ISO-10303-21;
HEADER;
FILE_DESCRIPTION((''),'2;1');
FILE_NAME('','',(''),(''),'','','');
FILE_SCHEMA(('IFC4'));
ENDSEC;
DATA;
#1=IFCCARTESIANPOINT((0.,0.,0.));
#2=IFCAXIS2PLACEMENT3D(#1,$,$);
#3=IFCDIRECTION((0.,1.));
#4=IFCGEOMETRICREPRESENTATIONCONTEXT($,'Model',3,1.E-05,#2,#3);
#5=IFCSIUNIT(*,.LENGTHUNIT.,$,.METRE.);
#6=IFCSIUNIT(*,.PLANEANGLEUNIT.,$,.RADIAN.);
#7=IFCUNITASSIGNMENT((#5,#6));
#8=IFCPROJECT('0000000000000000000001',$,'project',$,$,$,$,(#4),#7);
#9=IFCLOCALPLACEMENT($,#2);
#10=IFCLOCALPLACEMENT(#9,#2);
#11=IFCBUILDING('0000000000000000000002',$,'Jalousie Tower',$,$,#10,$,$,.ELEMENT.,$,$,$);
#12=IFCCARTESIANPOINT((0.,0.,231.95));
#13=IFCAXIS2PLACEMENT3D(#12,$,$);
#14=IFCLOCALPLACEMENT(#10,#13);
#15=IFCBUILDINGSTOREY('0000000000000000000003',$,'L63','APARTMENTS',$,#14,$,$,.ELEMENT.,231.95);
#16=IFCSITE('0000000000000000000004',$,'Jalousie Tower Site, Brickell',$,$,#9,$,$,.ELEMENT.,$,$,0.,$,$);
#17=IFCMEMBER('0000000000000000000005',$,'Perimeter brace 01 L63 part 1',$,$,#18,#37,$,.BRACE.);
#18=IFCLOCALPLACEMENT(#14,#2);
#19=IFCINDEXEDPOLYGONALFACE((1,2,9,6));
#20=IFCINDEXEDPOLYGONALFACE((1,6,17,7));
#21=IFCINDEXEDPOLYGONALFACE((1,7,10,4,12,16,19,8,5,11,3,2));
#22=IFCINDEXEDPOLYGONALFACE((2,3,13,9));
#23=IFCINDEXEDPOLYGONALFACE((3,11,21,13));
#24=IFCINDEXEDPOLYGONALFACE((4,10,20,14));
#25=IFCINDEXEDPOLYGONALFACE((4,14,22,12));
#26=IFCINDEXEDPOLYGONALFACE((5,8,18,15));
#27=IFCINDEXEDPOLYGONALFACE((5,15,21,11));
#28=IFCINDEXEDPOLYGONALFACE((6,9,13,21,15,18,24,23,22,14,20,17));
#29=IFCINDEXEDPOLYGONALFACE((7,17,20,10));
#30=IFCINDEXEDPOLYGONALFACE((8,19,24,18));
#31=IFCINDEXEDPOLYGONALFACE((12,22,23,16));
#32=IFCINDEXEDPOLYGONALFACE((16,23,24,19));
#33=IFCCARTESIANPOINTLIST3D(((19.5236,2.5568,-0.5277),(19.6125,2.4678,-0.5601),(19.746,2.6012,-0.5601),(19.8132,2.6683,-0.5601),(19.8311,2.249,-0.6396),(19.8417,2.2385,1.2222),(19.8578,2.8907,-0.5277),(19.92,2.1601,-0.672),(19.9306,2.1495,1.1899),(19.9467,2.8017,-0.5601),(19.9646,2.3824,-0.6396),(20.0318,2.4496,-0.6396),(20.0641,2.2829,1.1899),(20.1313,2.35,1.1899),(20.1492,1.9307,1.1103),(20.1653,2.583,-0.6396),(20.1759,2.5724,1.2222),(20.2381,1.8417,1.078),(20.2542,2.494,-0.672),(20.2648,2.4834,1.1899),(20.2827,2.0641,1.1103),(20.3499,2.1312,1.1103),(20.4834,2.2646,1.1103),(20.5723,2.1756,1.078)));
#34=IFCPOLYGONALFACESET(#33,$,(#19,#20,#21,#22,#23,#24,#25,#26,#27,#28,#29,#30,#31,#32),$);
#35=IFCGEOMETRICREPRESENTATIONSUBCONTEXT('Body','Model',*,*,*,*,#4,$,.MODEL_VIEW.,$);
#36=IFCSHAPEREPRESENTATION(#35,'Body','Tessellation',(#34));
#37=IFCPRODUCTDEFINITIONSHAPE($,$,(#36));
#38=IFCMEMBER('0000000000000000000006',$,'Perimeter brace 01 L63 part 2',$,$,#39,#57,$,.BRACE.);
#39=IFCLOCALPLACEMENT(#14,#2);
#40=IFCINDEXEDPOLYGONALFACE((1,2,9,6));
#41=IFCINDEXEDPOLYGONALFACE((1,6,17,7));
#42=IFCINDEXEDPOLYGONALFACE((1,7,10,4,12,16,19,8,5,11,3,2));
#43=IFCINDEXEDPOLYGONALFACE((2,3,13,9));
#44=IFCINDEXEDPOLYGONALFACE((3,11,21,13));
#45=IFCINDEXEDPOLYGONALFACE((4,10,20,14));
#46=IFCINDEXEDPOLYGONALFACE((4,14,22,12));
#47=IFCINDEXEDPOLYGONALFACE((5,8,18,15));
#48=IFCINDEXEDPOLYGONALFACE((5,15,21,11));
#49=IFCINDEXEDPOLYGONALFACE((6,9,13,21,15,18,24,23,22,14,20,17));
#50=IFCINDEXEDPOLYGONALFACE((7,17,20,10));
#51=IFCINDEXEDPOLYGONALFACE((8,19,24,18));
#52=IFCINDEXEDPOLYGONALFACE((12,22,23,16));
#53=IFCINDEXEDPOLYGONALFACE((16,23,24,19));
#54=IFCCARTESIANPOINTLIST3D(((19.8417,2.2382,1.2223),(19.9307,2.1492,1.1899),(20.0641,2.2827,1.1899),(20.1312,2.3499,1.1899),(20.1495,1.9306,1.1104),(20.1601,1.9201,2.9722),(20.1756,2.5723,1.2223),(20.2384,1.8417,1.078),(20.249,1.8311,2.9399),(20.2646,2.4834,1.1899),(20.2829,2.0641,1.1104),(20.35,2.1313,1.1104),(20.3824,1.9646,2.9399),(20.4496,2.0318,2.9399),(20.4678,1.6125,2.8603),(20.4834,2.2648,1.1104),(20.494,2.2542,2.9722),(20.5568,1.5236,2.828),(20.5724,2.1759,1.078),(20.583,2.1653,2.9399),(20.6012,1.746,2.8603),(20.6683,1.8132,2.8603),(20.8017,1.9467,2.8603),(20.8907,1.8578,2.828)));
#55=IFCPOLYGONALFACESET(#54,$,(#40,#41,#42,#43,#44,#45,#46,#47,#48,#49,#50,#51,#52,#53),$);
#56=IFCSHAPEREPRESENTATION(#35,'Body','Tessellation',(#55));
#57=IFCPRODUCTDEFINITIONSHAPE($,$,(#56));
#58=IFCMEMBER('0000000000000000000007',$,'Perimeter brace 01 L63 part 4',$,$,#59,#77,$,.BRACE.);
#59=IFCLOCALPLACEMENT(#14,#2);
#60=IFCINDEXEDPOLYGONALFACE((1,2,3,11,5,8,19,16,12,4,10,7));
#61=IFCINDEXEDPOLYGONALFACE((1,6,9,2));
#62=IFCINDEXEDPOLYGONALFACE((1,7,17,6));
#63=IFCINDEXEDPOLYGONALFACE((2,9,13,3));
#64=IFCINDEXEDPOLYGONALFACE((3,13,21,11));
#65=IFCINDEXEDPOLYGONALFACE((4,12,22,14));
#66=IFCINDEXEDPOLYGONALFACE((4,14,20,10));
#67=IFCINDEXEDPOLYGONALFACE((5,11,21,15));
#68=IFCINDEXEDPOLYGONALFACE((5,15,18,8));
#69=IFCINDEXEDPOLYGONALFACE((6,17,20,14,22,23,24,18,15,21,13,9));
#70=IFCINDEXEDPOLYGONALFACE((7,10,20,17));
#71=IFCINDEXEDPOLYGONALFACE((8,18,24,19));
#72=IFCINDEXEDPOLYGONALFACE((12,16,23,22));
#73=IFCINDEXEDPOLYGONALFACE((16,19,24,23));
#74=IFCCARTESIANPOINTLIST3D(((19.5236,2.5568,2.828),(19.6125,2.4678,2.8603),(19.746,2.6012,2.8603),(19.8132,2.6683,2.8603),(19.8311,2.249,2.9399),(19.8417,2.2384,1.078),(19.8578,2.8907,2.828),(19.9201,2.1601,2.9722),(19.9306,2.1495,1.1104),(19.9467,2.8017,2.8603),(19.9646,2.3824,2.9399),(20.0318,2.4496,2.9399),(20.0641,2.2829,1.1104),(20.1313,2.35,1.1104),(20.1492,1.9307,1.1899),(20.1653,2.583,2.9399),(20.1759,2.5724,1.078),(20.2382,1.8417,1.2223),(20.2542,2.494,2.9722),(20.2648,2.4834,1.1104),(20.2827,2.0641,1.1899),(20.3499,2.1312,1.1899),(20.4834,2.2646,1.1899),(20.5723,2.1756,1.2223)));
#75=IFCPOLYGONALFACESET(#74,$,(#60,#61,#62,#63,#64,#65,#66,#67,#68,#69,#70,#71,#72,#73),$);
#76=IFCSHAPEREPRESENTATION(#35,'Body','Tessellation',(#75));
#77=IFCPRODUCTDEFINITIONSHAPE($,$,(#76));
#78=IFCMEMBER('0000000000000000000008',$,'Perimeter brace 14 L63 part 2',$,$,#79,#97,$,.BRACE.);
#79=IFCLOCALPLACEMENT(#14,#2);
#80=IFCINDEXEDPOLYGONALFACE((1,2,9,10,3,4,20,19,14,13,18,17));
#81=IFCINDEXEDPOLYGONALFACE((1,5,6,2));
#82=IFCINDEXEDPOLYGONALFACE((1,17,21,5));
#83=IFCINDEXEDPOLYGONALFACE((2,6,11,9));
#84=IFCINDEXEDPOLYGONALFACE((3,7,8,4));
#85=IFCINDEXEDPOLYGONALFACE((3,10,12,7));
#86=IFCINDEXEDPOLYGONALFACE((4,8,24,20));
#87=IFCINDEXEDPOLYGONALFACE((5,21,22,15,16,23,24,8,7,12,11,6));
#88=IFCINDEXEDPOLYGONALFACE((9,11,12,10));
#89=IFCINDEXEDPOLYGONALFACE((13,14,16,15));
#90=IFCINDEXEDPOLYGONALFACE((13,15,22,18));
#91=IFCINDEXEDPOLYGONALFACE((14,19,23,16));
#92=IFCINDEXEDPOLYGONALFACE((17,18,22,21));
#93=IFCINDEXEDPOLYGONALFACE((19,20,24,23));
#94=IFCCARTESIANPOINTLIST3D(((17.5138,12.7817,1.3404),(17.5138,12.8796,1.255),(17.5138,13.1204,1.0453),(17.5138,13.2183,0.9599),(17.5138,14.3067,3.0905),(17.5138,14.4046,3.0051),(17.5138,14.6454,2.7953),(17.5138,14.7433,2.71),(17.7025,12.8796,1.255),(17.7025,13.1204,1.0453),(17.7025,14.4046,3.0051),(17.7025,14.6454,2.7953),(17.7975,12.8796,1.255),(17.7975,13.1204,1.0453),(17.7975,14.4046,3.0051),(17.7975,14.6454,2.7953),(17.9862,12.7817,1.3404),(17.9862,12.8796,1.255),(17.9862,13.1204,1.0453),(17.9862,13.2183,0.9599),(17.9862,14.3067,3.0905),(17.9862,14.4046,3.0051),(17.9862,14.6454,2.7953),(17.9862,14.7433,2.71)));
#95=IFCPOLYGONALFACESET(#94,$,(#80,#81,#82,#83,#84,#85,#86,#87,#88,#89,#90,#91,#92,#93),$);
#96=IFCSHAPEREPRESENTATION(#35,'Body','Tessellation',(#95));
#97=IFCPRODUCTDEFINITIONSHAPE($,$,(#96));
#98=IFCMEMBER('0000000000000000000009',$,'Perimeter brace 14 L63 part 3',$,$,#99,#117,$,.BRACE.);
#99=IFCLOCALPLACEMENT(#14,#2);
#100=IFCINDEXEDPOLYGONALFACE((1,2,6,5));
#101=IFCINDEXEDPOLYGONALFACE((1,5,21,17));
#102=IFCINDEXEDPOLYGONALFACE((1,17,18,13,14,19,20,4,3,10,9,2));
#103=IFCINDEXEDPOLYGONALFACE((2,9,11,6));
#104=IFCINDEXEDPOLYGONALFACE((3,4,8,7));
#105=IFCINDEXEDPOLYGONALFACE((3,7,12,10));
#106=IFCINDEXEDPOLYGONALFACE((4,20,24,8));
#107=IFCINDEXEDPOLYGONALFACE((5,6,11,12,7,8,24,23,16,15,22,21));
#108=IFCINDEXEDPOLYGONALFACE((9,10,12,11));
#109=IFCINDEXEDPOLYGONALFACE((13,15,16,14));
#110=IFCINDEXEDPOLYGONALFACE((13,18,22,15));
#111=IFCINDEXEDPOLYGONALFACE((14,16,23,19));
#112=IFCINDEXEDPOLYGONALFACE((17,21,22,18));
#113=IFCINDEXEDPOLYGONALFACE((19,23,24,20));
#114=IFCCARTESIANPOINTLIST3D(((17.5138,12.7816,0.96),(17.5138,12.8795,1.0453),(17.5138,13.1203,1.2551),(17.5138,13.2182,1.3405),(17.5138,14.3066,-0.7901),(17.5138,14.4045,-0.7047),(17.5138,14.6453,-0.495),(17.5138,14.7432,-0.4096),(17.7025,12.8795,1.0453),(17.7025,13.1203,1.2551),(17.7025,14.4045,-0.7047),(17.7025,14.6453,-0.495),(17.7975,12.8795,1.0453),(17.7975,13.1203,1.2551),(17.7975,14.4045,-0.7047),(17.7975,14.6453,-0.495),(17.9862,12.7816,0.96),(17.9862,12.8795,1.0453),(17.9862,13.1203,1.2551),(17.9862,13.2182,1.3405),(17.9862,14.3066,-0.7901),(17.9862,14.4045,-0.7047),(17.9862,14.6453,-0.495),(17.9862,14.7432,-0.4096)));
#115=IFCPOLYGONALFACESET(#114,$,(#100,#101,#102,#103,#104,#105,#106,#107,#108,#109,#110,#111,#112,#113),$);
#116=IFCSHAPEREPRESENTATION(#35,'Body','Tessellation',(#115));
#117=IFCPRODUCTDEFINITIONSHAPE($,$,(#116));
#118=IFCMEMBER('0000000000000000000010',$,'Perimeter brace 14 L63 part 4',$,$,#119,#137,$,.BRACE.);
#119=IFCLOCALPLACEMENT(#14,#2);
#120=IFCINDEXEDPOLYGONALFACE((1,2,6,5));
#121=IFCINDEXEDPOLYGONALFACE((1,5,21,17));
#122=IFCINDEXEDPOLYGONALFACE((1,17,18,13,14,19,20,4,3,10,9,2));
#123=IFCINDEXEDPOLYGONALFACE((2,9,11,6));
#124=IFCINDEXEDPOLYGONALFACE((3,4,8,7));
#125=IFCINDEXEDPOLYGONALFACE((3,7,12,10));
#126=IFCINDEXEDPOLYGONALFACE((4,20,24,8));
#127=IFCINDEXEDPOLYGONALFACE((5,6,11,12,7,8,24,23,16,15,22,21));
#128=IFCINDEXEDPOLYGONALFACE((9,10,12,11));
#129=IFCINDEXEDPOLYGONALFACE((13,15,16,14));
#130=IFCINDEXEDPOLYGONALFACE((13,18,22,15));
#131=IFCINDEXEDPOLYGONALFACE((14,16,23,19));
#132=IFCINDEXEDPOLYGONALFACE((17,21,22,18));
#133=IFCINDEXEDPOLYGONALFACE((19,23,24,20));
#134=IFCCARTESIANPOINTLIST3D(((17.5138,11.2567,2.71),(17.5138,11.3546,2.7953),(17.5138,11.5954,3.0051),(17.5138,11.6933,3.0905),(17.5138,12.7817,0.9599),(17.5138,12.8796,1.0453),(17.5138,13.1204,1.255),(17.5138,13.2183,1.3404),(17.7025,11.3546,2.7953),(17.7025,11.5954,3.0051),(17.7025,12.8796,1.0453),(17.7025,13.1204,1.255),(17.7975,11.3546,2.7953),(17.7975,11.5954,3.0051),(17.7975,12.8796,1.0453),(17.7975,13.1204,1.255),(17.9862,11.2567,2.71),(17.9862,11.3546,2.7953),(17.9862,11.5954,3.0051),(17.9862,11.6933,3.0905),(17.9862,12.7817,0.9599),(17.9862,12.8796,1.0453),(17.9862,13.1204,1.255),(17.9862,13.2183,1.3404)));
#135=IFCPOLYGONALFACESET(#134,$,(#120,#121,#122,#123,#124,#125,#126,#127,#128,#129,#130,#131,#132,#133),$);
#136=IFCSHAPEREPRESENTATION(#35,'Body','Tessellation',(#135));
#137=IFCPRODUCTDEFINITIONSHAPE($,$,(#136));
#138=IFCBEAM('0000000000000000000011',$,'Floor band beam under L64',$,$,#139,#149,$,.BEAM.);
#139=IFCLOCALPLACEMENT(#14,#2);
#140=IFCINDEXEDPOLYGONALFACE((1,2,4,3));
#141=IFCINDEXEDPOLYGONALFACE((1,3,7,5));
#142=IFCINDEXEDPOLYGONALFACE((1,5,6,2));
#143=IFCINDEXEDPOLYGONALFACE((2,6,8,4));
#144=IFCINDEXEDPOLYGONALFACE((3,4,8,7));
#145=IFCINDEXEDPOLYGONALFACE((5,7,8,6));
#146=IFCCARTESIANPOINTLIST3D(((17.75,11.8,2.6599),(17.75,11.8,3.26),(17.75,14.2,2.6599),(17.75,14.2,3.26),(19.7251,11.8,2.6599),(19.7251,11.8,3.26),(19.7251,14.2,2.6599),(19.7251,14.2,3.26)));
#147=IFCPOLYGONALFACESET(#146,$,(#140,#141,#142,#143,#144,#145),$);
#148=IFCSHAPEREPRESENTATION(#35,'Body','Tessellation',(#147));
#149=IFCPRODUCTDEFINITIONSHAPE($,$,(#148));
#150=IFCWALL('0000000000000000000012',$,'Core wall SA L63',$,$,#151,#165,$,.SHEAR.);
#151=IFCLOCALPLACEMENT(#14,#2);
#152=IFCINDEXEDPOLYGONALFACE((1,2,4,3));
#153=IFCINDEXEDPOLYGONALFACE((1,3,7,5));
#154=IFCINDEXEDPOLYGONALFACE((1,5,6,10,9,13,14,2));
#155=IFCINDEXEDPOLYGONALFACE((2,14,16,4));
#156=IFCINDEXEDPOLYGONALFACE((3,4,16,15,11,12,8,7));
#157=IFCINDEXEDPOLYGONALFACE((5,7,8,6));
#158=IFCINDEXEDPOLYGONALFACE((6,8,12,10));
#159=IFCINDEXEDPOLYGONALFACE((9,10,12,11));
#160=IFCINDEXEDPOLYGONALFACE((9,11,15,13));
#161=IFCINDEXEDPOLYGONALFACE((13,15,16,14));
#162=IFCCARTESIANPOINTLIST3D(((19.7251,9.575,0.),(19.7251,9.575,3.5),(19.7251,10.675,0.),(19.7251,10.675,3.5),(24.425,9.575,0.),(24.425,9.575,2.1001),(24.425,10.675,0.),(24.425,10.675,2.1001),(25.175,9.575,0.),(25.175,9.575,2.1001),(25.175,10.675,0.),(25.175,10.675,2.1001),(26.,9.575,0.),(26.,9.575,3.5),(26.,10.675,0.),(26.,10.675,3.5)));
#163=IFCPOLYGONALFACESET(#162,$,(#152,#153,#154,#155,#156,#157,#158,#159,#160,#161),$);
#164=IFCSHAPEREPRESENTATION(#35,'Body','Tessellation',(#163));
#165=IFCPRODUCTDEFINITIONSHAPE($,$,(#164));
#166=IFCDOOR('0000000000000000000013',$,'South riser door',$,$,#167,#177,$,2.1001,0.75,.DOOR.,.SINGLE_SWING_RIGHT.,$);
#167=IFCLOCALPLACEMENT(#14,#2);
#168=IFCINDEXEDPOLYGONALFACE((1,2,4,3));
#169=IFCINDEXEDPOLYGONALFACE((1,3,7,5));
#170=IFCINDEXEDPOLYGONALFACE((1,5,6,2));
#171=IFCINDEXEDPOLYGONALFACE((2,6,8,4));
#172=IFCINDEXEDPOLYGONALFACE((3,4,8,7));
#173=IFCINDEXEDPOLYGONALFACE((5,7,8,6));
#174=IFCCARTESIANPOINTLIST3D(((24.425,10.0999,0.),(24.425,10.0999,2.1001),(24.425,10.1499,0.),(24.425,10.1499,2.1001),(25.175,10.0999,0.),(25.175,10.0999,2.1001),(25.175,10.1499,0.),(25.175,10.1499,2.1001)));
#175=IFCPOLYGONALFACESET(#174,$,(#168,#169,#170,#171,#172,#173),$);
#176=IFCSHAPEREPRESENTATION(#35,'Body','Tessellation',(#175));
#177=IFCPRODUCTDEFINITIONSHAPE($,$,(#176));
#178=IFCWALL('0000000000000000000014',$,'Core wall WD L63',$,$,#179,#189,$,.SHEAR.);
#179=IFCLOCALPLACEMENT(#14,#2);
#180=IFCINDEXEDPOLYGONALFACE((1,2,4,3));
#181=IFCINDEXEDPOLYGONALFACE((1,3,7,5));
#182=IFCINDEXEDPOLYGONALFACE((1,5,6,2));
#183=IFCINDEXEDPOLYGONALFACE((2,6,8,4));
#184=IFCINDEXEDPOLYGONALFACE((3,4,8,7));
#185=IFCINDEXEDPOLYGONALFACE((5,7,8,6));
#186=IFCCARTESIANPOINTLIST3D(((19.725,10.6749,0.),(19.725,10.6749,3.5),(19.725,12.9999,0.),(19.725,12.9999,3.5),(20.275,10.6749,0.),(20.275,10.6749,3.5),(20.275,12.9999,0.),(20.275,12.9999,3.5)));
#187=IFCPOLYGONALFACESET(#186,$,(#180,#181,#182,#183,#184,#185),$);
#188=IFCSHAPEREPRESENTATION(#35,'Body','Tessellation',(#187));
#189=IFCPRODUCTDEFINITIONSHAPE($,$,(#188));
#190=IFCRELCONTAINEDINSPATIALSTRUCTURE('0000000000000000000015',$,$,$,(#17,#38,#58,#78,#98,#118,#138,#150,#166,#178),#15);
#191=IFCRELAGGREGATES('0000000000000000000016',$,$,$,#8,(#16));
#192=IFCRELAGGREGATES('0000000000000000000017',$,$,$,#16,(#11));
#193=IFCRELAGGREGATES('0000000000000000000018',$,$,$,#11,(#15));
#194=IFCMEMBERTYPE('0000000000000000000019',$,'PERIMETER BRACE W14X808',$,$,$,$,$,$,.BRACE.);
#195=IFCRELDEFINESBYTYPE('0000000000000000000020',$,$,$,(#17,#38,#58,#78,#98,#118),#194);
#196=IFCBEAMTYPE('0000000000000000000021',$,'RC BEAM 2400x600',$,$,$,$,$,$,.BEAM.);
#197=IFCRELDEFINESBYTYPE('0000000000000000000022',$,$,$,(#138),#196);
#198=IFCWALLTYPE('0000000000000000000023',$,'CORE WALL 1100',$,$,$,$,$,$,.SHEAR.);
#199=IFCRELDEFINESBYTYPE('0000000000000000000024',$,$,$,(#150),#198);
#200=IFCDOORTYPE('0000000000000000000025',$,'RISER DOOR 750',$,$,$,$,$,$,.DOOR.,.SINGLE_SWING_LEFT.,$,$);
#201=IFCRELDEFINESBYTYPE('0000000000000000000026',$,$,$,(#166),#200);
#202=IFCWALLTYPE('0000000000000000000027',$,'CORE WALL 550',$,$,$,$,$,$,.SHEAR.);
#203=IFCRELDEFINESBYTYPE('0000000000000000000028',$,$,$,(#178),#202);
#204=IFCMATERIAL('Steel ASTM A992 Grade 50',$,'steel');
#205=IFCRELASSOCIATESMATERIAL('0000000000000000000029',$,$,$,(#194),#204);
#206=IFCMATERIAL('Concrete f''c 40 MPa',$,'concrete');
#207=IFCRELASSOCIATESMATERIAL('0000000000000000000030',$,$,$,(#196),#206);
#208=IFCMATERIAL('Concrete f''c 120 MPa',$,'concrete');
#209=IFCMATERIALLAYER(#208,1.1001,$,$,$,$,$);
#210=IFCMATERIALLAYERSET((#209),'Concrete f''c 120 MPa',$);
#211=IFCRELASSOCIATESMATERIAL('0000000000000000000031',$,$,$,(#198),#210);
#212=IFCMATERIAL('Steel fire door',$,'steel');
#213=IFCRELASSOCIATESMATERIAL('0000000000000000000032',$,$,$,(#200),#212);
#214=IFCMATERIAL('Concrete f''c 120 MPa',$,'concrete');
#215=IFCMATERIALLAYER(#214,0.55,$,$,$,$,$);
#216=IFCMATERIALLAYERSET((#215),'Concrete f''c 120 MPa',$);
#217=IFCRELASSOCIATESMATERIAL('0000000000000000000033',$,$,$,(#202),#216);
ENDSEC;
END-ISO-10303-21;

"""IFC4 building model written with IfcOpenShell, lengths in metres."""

from ifc_helpers import new_model, si_unit, direction, frame, frame_2d, origin, origin_2d, place, context, subcontext, project, spatial, rectangle, i_section, extrude, material, layer, layer_set, material_profile, profile_set, type_object, element, fill, save


model = new_model("IFC4")

# Units and contexts
model_context = context("Model", 3, precision=1e-05, world=origin(), true_north=direction((0.0, 1.0)))
body_context = subcontext(model_context, "Body", "Model", "MODEL_VIEW")
ifc_project = project(units=[si_unit("LENGTHUNIT", "METRE"), si_unit("PLANEANGLEUNIT", "RADIAN")], contexts=[model_context])

# Site, building, storey
site_placement = place(None, origin())
site = spatial("IfcSite", under=ifc_project, at=site_placement, Name="Jalousie Tower Site, Brickell", CompositionType="ELEMENT", RefElevation=0.0)
building_placement = place(site_placement, origin())
building = spatial("IfcBuilding", under=site, at=building_placement, Name="Jalousie Tower", CompositionType="ELEMENT")
storey_placement = place(building_placement, frame((0.0, 0.0, 231.95)))
storey = spatial("IfcBuildingStorey", under=building, at=storey_placement, Name="L63", Description="APARTMENTS", CompositionType="ELEMENT", Elevation=231.95)

# Members
ifc_material_1 = material(Name="Steel ASTM A992 Grade 50", Category="steel")
ifc_material_profile_1 = material_profile(ifc_material_1, i_section(OverallWidth=0.4724, OverallDepth=0.5791, WebThickness=0.095, FlangeThickness=0.1299, at=origin_2d()), Name="W14X808")
ifc_profile_set_1 = profile_set([ifc_material_profile_1], Name="Steel ASTM A992 Grade 50")
member_type = type_object("IfcMemberType", Name="PERIMETER BRACE W14X808", PredefinedType="BRACE", material=ifc_profile_set_1)
for number, where, z_axis, x_axis, name in (
    (1, (19.8889, 2.5254, -0.5999), (0.176051, -0.176187, 0.968486), (0.707378, 0.706835, 0.0), "Perimeter brace 01 L63 part 1"),
    (2, (20.207, 2.207, 1.1501), (0.176187, -0.176051, 0.968486), (0.706835, 0.707378, 0.0), "Perimeter brace 01 L63 part 2"),
    (3, (20.207, 2.207, 1.1501), (-0.176051, 0.176187, 0.968486), (-0.707378, -0.706835, 0.0), "Perimeter brace 01 L63 part 4"),
):
    element("IfcMember", number, at=place(storey_placement, frame(where, z_axis=z_axis, x_axis=x_axis)), inside=storey, type_object=member_type, Name=name, PredefinedType="BRACE", context=body_context, shape_type="SweptSolid", body=[
        extrude(i_section(OverallWidth=0.4724, OverallDepth=0.5791, WebThickness=0.095, FlangeThickness=0.1299, at=origin_2d()), origin(), (0.0, 0.0, 1.0), 1.8069),
    ])
for number, where, z_axis, x_axis, name in (
    (4, (17.75, 13.0, 1.1501), (0.0, 0.656954, 0.75393), (-1.0, 0.0, 0.0), "Perimeter brace 14 L63 part 2"),
    (5, (17.75, 14.5249, -0.5999), (0.0, -0.656954, 0.75393), (1.0, 0.0, 0.0), "Perimeter brace 14 L63 part 3"),
    (6, (17.75, 13.0, 1.1501), (0.0, -0.656954, 0.75393), (1.0, 0.0, 0.0), "Perimeter brace 14 L63 part 4"),
):
    element("IfcMember", number, at=place(storey_placement, frame(where, z_axis=z_axis, x_axis=x_axis)), inside=storey, type_object=member_type, Name=name, PredefinedType="BRACE", context=body_context, shape_type="SweptSolid", body=[
        extrude(i_section(OverallWidth=0.4724, OverallDepth=0.5791, WebThickness=0.095, FlangeThickness=0.1299, at=origin_2d()), origin(), (0.0, 0.0, 1.0), 2.3213),
    ])

# Beam
ifc_material_2 = material(Name="Concrete f'c 40 MPa", Category="concrete")
ifc_material_profile_2 = material_profile(ifc_material_2, rectangle(XDim=2.3999, YDim=0.6001, at=origin_2d()), Name="RC 2400x600")
ifc_profile_set_2 = profile_set([ifc_material_profile_2], Name="Concrete f'c 40 MPa")
beam_type = type_object("IfcBeamType", Name="RC BEAM 2400x600", PredefinedType="BEAM", material=ifc_profile_set_2)
beam_placement = place(storey_placement, frame((17.75, 13.0, 2.96), z_axis=(1.0, 0.0, 0.0), x_axis=(0.0, 1.0, 0.0)))
element("IfcBeam", 7, at=beam_placement, inside=storey, type_object=beam_type, Name="Floor band beam under L64", PredefinedType="BEAM", context=body_context, shape_type="SweptSolid", body=[
    extrude(rectangle(XDim=2.3999, YDim=0.6001, at=origin_2d()), origin(), (0.0, 0.0, 1.0), 1.9751),
])

# Wall, opening, door
ifc_material_3 = material(Name="Concrete f'c 120 MPa", Category="concrete")
ifc_layer_1 = layer(ifc_material_3, 1.1001)
ifc_layer_set_1 = layer_set([ifc_layer_1], Name="Concrete f'c 120 MPa")
wall_type_1 = type_object("IfcWallType", Name="CORE WALL 1100", PredefinedType="SHEAR", material=ifc_layer_set_1)
wall_1_placement = place(storey_placement, frame((19.7251, 10.125, 0.0), z_axis=(0.0, 0.0, 1.0), x_axis=(1.0, 0.0, 0.0)))
wall_1 = element("IfcWall", 8, at=wall_1_placement, inside=storey, type_object=wall_type_1, Name="Core wall SA L63", PredefinedType="SHEAR", context=body_context, shape_type="SweptSolid", body=[
    extrude(rectangle(XDim=6.2749, YDim=1.1001, at=frame_2d((3.1375, 0.0))), origin(), (0.0, 0.0, 1.0), 3.5),
])
opening_1_placement = place(wall_1_placement, frame((4.7, 0.0, 0.0)))
opening_1 = element("IfcOpeningElement", 9, at=opening_1_placement, cuts=wall_1, PredefinedType="OPENING", context=body_context, shape_type="SweptSolid", body=[
    extrude(rectangle(XDim=0.75, YDim=2.1001, at=frame_2d((0.375, 1.05))), frame((0.0, 0.5601, 0.0), z_axis=(0.0, -1.0, 0.0), x_axis=(1.0, 0.0, 0.0)), (0.0, 0.0, 1.0), 1.1201),
])
ifc_material_4 = material(Name="Steel fire door", Category="steel")
door_type_1 = type_object("IfcDoorType", Name="RISER DOOR 750", OperationType="SINGLE_SWING_LEFT", PredefinedType="DOOR", material=ifc_material_4)
door_1_placement = place(opening_1_placement, origin())
door_1 = element("IfcDoor", 10, at=door_1_placement, inside=storey, type_object=door_type_1, Name="South riser door", OperationType="SINGLE_SWING_RIGHT", OverallHeight=2.1001, OverallWidth=0.75, PredefinedType="DOOR", context=body_context, shape_type="SweptSolid", body=[
    extrude(rectangle(XDim=0.75, YDim=2.1001, at=frame_2d((0.375, 1.05))), frame((0.0, 0.0249, 0.0), z_axis=(0.0, -1.0, 0.0), x_axis=(1.0, 0.0, 0.0)), (0.0, 0.0, 1.0), 0.05),
])
fill(opening_1, door_1)

# Wall
ifc_material_5 = material(Name="Concrete f'c 120 MPa", Category="concrete")
ifc_layer_2 = layer(ifc_material_5, 0.55)
ifc_layer_set_2 = layer_set([ifc_layer_2], Name="Concrete f'c 120 MPa")
wall_type_2 = type_object("IfcWallType", Name="CORE WALL 550", PredefinedType="SHEAR", material=ifc_layer_set_2)
wall_2_placement = place(storey_placement, frame((20.0, 13.0, 0.0), z_axis=(0.0, 0.0, 1.0), x_axis=(0.0, -1.0, 0.0)))
element("IfcWall", 11, at=wall_2_placement, inside=storey, type_object=wall_type_2, Name="Core wall WD L63", PredefinedType="SHEAR", context=body_context, shape_type="SweptSolid", body=[
    extrude(rectangle(XDim=2.325, YDim=0.55, at=frame_2d((1.1626, 0.0))), origin(), (0.0, 0.0, 1.0), 3.5),
])

save(model, "model.ifc")
